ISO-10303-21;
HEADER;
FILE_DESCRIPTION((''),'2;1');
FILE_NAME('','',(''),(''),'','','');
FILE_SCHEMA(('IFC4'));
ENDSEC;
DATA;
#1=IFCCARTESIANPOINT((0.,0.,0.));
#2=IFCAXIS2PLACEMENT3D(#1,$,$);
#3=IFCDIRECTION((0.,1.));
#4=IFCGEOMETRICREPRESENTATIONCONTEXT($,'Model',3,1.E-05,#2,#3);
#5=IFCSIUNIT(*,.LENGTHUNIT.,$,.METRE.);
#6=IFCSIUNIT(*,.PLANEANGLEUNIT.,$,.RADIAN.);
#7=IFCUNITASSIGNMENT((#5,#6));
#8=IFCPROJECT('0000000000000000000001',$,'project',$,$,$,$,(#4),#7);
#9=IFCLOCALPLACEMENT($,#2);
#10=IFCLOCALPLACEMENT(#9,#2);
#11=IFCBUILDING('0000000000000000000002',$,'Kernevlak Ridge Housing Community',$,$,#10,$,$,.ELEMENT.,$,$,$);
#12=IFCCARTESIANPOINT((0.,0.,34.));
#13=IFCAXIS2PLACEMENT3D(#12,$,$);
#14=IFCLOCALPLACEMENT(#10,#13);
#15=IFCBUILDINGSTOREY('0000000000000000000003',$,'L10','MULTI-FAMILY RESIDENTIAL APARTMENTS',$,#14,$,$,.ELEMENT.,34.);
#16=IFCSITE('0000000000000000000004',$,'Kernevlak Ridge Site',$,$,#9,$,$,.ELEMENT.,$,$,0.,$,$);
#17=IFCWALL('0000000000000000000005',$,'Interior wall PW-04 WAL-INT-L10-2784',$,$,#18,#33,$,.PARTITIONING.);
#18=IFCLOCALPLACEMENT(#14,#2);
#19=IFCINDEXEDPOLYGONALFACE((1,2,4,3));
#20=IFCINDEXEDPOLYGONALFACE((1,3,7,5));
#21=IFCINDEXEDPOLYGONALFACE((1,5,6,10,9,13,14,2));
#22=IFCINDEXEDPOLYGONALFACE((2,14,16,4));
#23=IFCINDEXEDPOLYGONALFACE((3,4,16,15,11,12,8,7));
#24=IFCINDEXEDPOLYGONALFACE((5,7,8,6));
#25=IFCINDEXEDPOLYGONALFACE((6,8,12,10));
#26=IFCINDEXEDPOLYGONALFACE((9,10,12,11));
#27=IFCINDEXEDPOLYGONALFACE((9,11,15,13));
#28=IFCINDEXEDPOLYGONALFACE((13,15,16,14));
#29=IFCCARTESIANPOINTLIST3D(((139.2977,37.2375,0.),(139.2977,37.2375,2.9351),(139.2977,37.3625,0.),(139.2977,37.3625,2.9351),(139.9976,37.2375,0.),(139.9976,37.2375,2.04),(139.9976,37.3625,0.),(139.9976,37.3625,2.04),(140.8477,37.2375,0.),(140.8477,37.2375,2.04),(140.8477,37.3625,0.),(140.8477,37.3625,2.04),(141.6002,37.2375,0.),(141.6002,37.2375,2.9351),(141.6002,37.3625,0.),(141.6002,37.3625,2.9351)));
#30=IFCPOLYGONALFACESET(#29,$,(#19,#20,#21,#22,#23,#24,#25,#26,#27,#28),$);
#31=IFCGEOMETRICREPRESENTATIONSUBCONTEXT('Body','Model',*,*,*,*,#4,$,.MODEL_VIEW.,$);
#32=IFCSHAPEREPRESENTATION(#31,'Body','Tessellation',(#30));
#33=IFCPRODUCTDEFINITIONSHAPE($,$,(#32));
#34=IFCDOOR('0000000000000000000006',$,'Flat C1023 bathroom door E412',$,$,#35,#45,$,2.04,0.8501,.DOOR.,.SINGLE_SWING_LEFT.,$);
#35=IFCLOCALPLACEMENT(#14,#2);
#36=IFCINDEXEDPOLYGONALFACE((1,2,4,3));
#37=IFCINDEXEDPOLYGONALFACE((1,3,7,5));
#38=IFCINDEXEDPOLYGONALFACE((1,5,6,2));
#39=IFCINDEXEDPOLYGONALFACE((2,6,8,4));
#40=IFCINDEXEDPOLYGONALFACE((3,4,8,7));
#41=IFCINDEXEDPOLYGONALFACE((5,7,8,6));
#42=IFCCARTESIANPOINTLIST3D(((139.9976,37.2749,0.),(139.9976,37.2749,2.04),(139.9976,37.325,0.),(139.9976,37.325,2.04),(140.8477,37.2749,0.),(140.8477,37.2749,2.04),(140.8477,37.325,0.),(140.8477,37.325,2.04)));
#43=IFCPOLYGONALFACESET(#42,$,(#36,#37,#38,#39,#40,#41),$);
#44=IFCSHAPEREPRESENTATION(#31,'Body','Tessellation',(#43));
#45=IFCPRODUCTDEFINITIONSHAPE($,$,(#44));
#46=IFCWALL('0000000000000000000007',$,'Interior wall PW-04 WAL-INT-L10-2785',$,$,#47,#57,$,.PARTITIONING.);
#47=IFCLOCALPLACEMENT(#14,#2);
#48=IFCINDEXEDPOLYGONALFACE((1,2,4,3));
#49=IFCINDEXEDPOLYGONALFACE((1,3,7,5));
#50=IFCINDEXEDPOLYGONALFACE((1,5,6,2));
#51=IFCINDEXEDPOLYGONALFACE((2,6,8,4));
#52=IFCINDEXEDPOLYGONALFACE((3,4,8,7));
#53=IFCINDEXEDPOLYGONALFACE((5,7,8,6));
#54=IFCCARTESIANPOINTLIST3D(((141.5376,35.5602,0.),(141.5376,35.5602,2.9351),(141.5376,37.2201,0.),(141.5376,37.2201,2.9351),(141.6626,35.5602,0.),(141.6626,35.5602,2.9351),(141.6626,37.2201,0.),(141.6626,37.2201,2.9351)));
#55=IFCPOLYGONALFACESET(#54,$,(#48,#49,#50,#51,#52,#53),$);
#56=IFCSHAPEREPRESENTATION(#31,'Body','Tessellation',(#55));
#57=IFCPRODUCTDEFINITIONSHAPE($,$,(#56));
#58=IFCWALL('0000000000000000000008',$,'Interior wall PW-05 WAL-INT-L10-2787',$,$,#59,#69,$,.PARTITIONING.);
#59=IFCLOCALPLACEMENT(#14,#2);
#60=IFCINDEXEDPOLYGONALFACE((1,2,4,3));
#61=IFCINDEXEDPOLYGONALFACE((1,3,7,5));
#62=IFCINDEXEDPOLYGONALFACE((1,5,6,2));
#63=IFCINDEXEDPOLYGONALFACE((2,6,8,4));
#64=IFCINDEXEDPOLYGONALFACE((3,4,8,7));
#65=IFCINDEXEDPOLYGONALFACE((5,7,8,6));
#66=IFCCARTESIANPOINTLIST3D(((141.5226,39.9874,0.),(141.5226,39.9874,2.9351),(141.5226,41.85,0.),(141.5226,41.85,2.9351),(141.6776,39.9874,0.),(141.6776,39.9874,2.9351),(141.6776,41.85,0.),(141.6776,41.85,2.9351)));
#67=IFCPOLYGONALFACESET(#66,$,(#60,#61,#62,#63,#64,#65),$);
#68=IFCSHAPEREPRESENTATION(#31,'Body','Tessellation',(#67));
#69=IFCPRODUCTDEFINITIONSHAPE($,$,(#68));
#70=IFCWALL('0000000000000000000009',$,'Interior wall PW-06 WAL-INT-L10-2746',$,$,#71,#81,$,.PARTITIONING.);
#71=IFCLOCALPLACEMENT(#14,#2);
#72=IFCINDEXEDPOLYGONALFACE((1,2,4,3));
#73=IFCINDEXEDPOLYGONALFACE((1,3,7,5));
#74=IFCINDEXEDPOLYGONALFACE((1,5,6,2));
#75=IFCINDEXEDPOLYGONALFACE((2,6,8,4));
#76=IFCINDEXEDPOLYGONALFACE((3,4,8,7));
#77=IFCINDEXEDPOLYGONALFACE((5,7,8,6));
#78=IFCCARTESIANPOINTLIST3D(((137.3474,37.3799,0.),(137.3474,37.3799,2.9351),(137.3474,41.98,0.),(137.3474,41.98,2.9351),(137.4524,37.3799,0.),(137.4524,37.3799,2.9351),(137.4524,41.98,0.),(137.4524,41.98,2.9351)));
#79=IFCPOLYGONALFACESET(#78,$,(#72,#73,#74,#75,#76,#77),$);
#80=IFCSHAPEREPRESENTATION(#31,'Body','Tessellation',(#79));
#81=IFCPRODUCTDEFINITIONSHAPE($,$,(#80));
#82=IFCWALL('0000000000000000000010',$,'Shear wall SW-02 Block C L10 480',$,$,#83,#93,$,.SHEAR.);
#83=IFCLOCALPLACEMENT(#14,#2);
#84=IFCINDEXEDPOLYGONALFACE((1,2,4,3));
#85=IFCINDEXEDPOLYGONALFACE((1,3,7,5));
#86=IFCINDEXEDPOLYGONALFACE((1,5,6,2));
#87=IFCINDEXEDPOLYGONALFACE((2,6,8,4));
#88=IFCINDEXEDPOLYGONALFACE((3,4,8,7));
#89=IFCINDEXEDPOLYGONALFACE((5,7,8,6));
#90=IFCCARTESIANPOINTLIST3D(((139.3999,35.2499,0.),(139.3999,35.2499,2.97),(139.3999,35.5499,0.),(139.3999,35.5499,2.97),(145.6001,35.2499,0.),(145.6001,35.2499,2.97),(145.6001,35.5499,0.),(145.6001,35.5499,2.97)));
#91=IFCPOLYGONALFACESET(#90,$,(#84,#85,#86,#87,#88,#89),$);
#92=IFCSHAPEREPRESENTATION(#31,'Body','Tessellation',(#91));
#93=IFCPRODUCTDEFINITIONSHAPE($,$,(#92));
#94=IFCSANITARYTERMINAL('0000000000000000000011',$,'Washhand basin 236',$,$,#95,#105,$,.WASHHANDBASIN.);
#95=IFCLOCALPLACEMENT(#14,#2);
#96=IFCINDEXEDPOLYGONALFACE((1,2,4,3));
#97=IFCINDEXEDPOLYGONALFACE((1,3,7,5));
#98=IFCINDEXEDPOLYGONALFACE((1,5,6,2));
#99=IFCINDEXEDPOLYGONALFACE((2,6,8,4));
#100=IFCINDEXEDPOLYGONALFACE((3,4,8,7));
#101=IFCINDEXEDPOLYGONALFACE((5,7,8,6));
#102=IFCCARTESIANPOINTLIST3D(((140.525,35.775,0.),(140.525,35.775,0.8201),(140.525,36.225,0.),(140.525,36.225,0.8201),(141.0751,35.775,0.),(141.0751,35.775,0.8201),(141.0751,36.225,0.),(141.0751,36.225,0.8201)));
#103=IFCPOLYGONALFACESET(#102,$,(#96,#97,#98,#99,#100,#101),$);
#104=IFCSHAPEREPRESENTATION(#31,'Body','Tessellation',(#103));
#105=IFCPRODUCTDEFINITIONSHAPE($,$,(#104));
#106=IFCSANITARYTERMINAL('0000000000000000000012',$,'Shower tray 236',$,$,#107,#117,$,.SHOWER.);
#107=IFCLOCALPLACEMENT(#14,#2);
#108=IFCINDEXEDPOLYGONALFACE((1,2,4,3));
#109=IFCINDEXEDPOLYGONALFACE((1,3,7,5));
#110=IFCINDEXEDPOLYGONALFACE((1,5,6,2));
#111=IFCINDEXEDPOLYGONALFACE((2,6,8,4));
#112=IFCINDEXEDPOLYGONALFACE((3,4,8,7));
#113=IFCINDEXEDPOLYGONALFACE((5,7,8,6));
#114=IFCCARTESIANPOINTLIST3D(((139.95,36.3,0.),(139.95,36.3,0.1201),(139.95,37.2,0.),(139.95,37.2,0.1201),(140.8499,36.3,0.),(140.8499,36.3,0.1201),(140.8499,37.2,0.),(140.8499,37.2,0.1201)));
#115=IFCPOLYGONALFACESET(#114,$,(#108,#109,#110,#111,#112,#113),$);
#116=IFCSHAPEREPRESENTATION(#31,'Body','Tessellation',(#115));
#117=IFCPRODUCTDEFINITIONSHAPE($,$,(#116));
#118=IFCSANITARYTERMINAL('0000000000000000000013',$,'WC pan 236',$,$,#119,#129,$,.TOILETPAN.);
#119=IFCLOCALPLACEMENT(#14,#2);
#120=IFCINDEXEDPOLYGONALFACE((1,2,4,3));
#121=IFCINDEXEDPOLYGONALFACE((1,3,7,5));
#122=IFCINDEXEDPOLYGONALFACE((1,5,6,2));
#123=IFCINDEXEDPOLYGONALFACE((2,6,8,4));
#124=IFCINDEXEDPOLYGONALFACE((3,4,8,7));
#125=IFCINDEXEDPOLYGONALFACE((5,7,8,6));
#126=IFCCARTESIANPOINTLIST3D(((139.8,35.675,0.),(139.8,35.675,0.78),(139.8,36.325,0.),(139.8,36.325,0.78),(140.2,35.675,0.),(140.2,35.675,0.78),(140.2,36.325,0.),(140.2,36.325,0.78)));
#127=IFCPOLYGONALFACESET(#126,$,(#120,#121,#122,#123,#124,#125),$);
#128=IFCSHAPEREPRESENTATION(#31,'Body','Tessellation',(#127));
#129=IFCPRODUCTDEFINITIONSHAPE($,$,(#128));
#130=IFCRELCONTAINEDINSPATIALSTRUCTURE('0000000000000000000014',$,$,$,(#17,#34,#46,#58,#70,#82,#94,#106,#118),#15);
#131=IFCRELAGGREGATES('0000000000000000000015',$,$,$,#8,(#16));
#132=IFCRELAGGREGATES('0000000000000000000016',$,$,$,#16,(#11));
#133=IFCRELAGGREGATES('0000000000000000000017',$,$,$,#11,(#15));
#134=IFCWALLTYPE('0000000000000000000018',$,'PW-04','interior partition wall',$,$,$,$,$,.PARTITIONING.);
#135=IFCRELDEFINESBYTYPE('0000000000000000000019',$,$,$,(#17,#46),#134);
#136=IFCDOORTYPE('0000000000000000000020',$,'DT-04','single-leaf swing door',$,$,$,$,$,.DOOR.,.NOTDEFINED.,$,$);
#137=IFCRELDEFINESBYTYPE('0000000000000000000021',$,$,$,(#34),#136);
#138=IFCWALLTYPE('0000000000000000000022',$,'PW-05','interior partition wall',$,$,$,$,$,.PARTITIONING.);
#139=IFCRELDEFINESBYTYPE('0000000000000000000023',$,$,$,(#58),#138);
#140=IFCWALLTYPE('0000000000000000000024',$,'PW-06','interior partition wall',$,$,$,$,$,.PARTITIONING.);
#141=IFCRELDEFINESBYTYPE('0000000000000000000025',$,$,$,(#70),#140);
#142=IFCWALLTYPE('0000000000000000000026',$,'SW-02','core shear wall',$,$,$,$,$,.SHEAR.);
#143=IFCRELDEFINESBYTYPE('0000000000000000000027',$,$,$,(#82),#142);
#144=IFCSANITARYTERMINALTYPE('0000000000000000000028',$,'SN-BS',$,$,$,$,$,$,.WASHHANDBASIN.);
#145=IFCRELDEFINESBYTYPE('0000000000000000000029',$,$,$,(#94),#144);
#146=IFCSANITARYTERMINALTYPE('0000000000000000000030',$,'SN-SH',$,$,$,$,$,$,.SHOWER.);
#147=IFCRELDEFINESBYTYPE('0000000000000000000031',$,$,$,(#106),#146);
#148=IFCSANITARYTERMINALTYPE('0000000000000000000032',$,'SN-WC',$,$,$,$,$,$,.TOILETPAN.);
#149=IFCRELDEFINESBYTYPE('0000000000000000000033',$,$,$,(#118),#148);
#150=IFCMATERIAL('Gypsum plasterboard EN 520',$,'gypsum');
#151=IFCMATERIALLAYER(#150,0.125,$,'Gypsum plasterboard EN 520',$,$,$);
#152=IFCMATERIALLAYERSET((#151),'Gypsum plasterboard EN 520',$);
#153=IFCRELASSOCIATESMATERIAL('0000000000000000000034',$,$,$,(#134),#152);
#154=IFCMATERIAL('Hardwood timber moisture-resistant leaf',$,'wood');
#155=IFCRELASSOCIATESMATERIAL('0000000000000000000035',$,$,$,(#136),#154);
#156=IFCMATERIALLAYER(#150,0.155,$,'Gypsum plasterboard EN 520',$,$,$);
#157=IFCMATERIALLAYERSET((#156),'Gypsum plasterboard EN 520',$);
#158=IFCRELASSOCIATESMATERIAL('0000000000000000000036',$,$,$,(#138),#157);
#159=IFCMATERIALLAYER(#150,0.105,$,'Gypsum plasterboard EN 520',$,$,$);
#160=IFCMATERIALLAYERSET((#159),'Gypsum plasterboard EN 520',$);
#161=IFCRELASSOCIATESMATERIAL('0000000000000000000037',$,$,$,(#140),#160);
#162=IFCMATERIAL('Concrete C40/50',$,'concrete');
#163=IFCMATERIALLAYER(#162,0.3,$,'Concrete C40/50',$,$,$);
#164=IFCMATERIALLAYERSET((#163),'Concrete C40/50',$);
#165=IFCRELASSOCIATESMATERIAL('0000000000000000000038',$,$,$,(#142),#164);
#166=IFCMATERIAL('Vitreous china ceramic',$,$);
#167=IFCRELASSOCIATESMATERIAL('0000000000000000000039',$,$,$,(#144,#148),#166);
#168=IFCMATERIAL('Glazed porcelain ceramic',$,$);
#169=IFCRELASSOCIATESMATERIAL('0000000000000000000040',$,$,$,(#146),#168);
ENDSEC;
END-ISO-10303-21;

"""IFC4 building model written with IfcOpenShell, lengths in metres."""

from ifc_helpers import new_model, si_unit, direction, frame, frame_2d, origin, origin_2d, place, context, subcontext, project, spatial, rectangle, extrude, material, layer, layer_set, type_object, element, fill, save


model = new_model("IFC4")

# Units and contexts
model_context = context("Model", 3, precision=1e-05, world=origin(), true_north=direction((0.0, 1.0)))
body_context = subcontext(model_context, "Body", "Model", "MODEL_VIEW")
ifc_project = project(units=[si_unit("LENGTHUNIT", "METRE"), si_unit("PLANEANGLEUNIT", "RADIAN")], contexts=[model_context])

# Site, building, storey
site_placement = place(None, origin())
site = spatial("IfcSite", under=ifc_project, at=site_placement, Name="Kernevlak Ridge Site", CompositionType="ELEMENT", RefElevation=0.0)
building_placement = place(site_placement, origin())
building = spatial("IfcBuilding", under=site, at=building_placement, Name="Kernevlak Ridge Housing Community", CompositionType="ELEMENT")
storey_placement = place(building_placement, frame((0.0, 0.0, 34.0)))
storey = spatial("IfcBuildingStorey", under=building, at=storey_placement, Name="L10", Description="MULTI-FAMILY RESIDENTIAL APARTMENTS", CompositionType="ELEMENT", Elevation=34.0)

# Wall, opening, door
ifc_material_1 = material(Name="Gypsum plasterboard EN 520", Category="gypsum")
ifc_layer_1 = layer(ifc_material_1, 0.125, Name="Gypsum plasterboard EN 520")
ifc_layer_set_1 = layer_set([ifc_layer_1], Name="Gypsum plasterboard EN 520")
wall_type_1 = type_object("IfcWallType", Name="PW-04", Description="interior partition wall", PredefinedType="PARTITIONING", material=ifc_layer_set_1)
wall_1_placement = place(storey_placement, frame((139.2976, 37.3, 0.0), z_axis=(0.0, 0.0, 1.0), x_axis=(1.0, 0.0, 0.0)))
wall_1 = element("IfcWall", 1, at=wall_1_placement, inside=storey, type_object=wall_type_1, Name="Interior wall PW-04 WAL-INT-L10-2784", PredefinedType="PARTITIONING", context=body_context, shape_type="SweptSolid", body=[
    extrude(rectangle(XDim=2.3025, YDim=0.125, at=frame_2d((1.1514, 0.0))), origin(), (0.0, 0.0, 1.0), 2.9351),
])
opening_1_placement = place(wall_1_placement, frame((0.7, 0.0, 0.0)))
opening_1 = element("IfcOpeningElement", 2, at=opening_1_placement, cuts=wall_1, PredefinedType="OPENING", context=body_context, shape_type="SweptSolid", body=[
    extrude(rectangle(XDim=0.8501, YDim=2.04, at=frame_2d((0.425, 1.02))), frame((0.0, 0.0725, 0.0), z_axis=(0.0, -1.0, 0.0), x_axis=(1.0, 0.0, 0.0)), (0.0, 0.0, 1.0), 0.145),
])
ifc_material_2 = material(Name="Hardwood timber moisture-resistant leaf", Category="wood")
door_type_1 = type_object("IfcDoorType", Name="DT-04", Description="single-leaf swing door", OperationType="NOTDEFINED", PredefinedType="DOOR", material=ifc_material_2)
door_1_placement = place(opening_1_placement, origin())
door_1 = element("IfcDoor", 3, at=door_1_placement, inside=storey, type_object=door_type_1, Name="Flat C1023 bathroom door E412", OperationType="SINGLE_SWING_LEFT", OverallHeight=2.04, OverallWidth=0.8501, PredefinedType="DOOR", context=body_context, shape_type="SweptSolid", body=[
    extrude(rectangle(XDim=0.8501, YDim=2.04, at=frame_2d((0.425, 1.02))), frame((0.0, 0.0249, 0.0), z_axis=(0.0, -1.0, 0.0), x_axis=(1.0, 0.0, 0.0)), (0.0, 0.0, 1.0), 0.05),
])
fill(opening_1, door_1)

# Wall
wall_2_placement = place(storey_placement, frame((141.6001, 35.5601, 0.0), z_axis=(0.0, 0.0, 1.0), x_axis=(0.0, 1.0, 0.0)))
element("IfcWall", 4, at=wall_2_placement, inside=storey, type_object=wall_type_1, Name="Interior wall PW-04 WAL-INT-L10-2785", PredefinedType="PARTITIONING", context=body_context, shape_type="SweptSolid", body=[
    extrude(rectangle(XDim=1.6599, YDim=0.125, at=frame_2d((0.8301, 0.0))), origin(), (0.0, 0.0, 1.0), 2.9351),
])

# Shared definitions
ifc_layer_2 = layer(ifc_material_1, 0.155, Name="Gypsum plasterboard EN 520")
ifc_layer_set_2 = layer_set([ifc_layer_2], Name="Gypsum plasterboard EN 520")
wall_type_2 = type_object("IfcWallType", Name="PW-05", Description="interior partition wall", PredefinedType="PARTITIONING", material=ifc_layer_set_2)

# Walls
wall_3_placement = place(storey_placement, frame((141.6001, 39.9875, 0.0), z_axis=(0.0, 0.0, 1.0), x_axis=(0.0, 1.0, 0.0)))
element("IfcWall", 5, at=wall_3_placement, inside=storey, type_object=wall_type_2, Name="Interior wall PW-05 WAL-INT-L10-2787", PredefinedType="PARTITIONING", context=body_context, shape_type="SweptSolid", body=[
    extrude(rectangle(XDim=1.8625, YDim=0.155, at=frame_2d((0.9312, 0.0))), origin(), (0.0, 0.0, 1.0), 2.9351),
])
ifc_layer_3 = layer(ifc_material_1, 0.105, Name="Gypsum plasterboard EN 520")
ifc_layer_set_3 = layer_set([ifc_layer_3], Name="Gypsum plasterboard EN 520")
wall_type_3 = type_object("IfcWallType", Name="PW-06", Description="interior partition wall", PredefinedType="PARTITIONING", material=ifc_layer_set_3)
wall_4_placement = place(storey_placement, frame((137.3999, 37.3799, 0.0), z_axis=(0.0, 0.0, 1.0), x_axis=(0.0, 1.0, 0.0)))
element("IfcWall", 6, at=wall_4_placement, inside=storey, type_object=wall_type_3, Name="Interior wall PW-06 WAL-INT-L10-2746", PredefinedType="PARTITIONING", context=body_context, shape_type="SweptSolid", body=[
    extrude(rectangle(XDim=4.6001, YDim=0.105, at=frame_2d((2.3, 0.0))), origin(), (0.0, 0.0, 1.0), 2.9351),
])
ifc_material_3 = material(Name="Concrete C40/50", Category="concrete")
ifc_layer_4 = layer(ifc_material_3, 0.3, Name="Concrete C40/50")
ifc_layer_set_4 = layer_set([ifc_layer_4], Name="Concrete C40/50")
wall_type_4 = type_object("IfcWallType", Name="SW-02", Description="core shear wall", PredefinedType="SHEAR", material=ifc_layer_set_4)
wall_5_placement = place(storey_placement, frame((139.3999, 35.3999, 0.0), z_axis=(0.0, 0.0, 1.0), x_axis=(1.0, 0.0, 0.0)))
element("IfcWall", 7, at=wall_5_placement, inside=storey, type_object=wall_type_4, Name="Shear wall SW-02 Block C L10 480", PredefinedType="SHEAR", context=body_context, shape_type="SweptSolid", body=[
    extrude(rectangle(XDim=6.2002, YDim=0.3, at=frame_2d((3.1001, 0.0))), origin(), (0.0, 0.0, 1.0), 2.97),
])

# Sanitary terminals
ifc_material_4 = material(Name="Vitreous china ceramic")
sanitary_terminal_type_1 = type_object("IfcSanitaryTerminalType", Name="SN-BS", PredefinedType="WASHHANDBASIN", material=ifc_material_4)
sanitary_terminal_1_placement = place(storey_placement, frame((140.8, 36.0, 0.0), z_axis=(0.0, 0.0, 1.0), x_axis=(1.0, 0.0, 0.0)))
element("IfcSanitaryTerminal", 8, at=sanitary_terminal_1_placement, inside=storey, type_object=sanitary_terminal_type_1, Name="Washhand basin 236", PredefinedType="WASHHANDBASIN", context=body_context, shape_type="SweptSolid", body=[
    extrude(rectangle(XDim=0.55, YDim=0.45, at=origin_2d()), origin(), (0.0, 0.0, 1.0), 0.8201),
])
ifc_material_5 = material(Name="Glazed porcelain ceramic")
sanitary_terminal_type_2 = type_object("IfcSanitaryTerminalType", Name="SN-SH", PredefinedType="SHOWER", material=ifc_material_5)
sanitary_terminal_2_placement = place(storey_placement, frame((140.3999, 36.75, 0.0), z_axis=(0.0, 0.0, 1.0), x_axis=(1.0, 0.0, 0.0)))
element("IfcSanitaryTerminal", 9, at=sanitary_terminal_2_placement, inside=storey, type_object=sanitary_terminal_type_2, Name="Shower tray 236", PredefinedType="SHOWER", context=body_context, shape_type="SweptSolid", body=[
    extrude(rectangle(XDim=0.8999, YDim=0.8999, at=origin_2d()), origin(), (0.0, 0.0, 1.0), 0.1201),
])
sanitary_terminal_type_3 = type_object("IfcSanitaryTerminalType", Name="SN-WC", PredefinedType="TOILETPAN", material=ifc_material_4)
sanitary_terminal_3_placement = place(storey_placement, frame((140.0, 36.0, 0.0), z_axis=(0.0, 0.0, 1.0), x_axis=(1.0, 0.0, 0.0)))
element("IfcSanitaryTerminal", 10, at=sanitary_terminal_3_placement, inside=storey, type_object=sanitary_terminal_type_3, Name="WC pan 236", PredefinedType="TOILETPAN", context=body_context, shape_type="SweptSolid", body=[
    extrude(rectangle(XDim=0.3999, YDim=0.6499, at=origin_2d()), origin(), (0.0, 0.0, 1.0), 0.78),
])

save(model, "model.ifc")
